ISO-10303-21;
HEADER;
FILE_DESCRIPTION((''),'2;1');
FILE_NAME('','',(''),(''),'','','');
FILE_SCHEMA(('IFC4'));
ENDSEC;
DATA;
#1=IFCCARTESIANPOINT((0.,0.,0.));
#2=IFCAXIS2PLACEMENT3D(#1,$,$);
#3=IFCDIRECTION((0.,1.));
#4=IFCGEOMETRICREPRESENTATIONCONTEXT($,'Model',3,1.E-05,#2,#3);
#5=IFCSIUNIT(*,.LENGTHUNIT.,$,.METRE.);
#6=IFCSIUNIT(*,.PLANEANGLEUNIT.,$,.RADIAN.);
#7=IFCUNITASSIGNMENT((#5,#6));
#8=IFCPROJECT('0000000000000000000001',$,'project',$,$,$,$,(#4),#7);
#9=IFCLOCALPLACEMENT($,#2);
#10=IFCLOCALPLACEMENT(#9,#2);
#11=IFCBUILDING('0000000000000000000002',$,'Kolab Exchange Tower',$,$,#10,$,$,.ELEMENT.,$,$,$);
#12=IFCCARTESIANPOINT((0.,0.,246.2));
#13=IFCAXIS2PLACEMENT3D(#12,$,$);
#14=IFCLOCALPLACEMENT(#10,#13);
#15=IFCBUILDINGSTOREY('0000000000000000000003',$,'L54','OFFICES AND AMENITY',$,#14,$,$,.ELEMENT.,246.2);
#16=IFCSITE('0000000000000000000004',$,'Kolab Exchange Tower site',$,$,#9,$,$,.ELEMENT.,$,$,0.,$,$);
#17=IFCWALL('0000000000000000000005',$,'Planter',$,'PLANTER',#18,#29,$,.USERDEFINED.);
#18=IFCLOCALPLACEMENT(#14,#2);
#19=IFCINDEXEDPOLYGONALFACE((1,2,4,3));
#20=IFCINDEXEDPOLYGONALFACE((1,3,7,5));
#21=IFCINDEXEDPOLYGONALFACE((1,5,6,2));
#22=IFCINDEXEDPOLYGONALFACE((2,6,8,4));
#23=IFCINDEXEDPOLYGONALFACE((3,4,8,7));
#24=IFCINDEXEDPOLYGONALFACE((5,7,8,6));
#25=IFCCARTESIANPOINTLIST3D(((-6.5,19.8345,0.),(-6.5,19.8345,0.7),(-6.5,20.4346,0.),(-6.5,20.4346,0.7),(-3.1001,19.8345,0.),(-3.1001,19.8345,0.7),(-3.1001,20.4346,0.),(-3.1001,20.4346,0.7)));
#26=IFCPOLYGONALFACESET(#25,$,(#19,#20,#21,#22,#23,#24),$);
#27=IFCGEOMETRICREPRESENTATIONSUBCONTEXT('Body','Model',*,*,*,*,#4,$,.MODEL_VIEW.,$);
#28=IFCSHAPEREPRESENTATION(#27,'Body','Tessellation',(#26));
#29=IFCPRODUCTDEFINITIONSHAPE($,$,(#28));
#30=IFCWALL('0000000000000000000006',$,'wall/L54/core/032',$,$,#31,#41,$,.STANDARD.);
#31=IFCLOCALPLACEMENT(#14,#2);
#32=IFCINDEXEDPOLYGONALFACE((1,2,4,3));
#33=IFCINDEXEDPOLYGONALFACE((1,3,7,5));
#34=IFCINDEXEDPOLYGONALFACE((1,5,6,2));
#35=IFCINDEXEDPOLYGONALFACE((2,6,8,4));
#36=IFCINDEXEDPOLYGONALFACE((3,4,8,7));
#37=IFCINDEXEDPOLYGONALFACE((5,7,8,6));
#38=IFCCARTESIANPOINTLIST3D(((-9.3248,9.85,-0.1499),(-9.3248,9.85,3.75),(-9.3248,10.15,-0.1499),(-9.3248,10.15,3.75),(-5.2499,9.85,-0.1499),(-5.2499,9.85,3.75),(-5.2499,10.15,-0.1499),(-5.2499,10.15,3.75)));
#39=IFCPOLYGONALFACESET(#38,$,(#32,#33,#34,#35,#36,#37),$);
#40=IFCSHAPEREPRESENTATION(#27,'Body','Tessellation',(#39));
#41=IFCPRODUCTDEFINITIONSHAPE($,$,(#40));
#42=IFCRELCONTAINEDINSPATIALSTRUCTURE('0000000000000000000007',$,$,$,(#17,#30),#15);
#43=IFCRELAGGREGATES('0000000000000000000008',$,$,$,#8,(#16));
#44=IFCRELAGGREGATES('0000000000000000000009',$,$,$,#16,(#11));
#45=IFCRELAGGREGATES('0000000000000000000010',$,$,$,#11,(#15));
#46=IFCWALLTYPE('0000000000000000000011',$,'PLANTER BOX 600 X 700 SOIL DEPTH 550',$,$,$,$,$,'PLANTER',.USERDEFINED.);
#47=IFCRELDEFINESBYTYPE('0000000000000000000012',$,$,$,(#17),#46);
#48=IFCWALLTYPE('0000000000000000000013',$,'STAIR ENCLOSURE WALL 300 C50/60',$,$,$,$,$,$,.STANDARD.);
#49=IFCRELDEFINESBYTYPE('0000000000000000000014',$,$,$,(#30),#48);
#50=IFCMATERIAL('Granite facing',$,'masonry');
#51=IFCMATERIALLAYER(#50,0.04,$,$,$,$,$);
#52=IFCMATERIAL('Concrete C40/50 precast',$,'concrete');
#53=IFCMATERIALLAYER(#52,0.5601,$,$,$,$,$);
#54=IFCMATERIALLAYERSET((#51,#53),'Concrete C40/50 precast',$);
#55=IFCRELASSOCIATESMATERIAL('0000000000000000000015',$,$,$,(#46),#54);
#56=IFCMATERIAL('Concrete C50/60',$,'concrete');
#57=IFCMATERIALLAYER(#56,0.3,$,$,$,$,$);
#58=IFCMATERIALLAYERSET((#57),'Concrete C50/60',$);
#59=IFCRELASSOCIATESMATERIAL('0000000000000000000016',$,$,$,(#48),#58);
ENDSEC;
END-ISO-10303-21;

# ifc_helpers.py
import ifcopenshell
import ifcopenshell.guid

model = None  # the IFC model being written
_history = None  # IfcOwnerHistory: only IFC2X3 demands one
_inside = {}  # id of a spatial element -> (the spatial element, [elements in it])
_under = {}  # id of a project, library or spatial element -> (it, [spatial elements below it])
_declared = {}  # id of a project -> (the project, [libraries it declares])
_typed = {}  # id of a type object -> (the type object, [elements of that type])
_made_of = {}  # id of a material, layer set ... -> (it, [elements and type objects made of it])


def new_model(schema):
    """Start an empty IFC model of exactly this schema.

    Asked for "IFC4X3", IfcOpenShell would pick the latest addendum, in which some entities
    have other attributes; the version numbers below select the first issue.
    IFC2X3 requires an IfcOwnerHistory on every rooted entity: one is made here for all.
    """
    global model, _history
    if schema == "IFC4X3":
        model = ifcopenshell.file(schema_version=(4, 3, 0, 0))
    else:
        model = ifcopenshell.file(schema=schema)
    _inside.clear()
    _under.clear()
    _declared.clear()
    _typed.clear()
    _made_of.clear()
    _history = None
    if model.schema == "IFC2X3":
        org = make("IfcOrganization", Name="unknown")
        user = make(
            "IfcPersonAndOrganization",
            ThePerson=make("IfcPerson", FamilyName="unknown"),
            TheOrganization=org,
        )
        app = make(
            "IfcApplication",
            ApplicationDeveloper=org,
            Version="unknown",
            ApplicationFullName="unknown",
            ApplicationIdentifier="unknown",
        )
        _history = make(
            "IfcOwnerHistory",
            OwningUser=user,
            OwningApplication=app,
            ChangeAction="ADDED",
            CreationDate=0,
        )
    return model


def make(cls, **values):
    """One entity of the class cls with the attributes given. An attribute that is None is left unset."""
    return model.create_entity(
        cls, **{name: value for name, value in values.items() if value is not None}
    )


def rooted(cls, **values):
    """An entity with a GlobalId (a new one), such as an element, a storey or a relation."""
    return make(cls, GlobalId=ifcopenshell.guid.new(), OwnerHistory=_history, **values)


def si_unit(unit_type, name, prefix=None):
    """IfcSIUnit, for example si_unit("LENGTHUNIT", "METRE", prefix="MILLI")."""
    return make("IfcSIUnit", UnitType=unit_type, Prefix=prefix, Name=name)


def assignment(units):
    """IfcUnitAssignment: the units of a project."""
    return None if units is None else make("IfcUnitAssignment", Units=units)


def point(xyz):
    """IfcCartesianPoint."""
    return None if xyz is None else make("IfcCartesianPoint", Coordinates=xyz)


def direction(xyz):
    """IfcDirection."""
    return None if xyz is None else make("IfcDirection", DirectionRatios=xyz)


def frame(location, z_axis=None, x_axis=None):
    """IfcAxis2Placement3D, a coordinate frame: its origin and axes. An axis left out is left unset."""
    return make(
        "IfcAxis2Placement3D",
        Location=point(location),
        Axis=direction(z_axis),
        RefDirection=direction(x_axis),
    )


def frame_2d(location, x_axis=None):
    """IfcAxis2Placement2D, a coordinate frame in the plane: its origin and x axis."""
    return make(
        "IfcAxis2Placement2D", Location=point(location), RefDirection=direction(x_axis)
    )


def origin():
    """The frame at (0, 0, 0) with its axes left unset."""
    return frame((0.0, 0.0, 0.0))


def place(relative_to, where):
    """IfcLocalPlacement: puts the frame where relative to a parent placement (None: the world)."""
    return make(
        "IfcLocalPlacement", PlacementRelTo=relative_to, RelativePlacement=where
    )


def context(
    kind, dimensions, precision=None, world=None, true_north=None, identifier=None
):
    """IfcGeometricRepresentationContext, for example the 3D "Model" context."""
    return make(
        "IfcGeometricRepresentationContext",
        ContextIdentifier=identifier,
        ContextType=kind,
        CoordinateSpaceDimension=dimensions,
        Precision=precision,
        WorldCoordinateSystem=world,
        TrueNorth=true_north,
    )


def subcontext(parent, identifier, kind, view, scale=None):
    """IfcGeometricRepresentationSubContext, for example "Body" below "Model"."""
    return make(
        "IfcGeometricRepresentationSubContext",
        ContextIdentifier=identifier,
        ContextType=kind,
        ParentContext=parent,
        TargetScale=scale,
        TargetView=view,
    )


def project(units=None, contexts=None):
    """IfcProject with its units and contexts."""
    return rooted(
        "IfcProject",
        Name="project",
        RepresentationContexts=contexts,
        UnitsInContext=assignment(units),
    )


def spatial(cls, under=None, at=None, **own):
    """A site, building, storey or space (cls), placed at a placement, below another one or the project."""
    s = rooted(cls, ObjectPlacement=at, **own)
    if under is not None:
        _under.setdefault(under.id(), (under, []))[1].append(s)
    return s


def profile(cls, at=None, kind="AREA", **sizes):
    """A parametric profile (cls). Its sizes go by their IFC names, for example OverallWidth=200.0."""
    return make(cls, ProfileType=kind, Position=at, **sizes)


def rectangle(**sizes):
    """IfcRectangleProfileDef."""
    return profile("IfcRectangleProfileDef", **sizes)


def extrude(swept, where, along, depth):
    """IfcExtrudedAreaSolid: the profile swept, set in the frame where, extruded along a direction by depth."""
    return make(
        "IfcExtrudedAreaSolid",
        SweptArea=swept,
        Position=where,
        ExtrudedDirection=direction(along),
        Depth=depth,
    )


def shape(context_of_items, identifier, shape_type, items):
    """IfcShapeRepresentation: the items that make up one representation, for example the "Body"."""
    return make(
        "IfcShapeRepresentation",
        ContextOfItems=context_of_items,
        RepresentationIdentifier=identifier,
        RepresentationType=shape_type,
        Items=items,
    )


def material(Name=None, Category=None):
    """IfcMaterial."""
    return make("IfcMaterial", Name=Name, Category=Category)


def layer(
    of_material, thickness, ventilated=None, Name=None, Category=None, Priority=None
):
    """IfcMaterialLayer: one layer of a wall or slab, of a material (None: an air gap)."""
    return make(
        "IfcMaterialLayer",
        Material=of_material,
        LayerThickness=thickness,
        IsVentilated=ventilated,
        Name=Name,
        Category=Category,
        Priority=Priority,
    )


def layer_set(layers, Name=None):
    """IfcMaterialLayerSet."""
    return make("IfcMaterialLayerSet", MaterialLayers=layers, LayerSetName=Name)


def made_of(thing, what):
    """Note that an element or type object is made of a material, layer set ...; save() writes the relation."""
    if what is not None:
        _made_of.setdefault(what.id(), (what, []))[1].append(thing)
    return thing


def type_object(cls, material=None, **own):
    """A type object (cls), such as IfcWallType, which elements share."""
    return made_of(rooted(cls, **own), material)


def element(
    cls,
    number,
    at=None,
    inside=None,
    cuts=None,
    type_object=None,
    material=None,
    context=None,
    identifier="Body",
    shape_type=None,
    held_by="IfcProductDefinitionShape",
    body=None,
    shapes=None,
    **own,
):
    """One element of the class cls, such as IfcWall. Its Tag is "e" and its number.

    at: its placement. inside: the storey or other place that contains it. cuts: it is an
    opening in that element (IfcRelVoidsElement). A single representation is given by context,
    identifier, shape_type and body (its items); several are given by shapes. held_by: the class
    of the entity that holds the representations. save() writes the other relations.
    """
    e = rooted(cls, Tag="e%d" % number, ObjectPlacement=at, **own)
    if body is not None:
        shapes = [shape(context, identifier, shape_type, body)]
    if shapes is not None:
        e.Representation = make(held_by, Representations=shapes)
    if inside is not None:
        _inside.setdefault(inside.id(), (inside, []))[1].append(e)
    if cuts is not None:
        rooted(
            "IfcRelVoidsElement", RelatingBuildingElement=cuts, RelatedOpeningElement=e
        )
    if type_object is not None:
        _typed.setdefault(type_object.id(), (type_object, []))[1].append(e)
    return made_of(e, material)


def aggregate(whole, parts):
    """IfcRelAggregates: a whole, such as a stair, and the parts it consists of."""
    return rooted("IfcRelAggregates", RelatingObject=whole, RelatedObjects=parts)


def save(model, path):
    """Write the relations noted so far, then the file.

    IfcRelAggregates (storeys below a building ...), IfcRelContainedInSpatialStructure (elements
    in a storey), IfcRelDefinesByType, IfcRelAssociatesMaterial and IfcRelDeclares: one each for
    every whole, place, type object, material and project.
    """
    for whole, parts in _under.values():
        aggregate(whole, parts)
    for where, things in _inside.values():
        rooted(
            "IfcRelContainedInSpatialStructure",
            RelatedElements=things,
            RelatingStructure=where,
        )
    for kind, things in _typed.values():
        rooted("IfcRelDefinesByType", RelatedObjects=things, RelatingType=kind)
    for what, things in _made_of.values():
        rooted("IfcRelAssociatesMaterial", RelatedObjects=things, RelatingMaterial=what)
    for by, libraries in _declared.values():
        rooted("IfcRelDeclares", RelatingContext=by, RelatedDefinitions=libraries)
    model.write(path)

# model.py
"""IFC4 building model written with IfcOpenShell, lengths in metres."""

from ifc_helpers import new_model, si_unit, direction, frame, frame_2d, origin, place, context, subcontext, project, spatial, rectangle, extrude, material, layer, layer_set, type_object, element, save


model = new_model("IFC4")

# Units and contexts
model_context = context("Model", 3, precision=1e-05, world=origin(), true_north=direction((0.0, 1.0)))
body_context = subcontext(model_context, "Body", "Model", "MODEL_VIEW")
ifc_project = project(units=[si_unit("LENGTHUNIT", "METRE"), si_unit("PLANEANGLEUNIT", "RADIAN")], contexts=[model_context])

# Site, building, storey
site_placement = place(None, origin())
site = spatial("IfcSite", under=ifc_project, at=site_placement, Name="Kolab Exchange Tower site", CompositionType="ELEMENT", RefElevation=0.0)
building_placement = place(site_placement, origin())
building = spatial("IfcBuilding", under=site, at=building_placement, Name="Kolab Exchange Tower", CompositionType="ELEMENT")
storey_placement = place(building_placement, frame((0.0, 0.0, 246.2)))
storey = spatial("IfcBuildingStorey", under=building, at=storey_placement, Name="L54", Description="OFFICES AND AMENITY", CompositionType="ELEMENT", Elevation=246.2)

# Shared definitions
ifc_material_1 = material(Name="Concrete C50/60", Category="concrete")

# Walls
ifc_material_2 = material(Name="Granite facing", Category="masonry")
ifc_layer_1 = layer(ifc_material_2, 0.04)
ifc_material_3 = material(Name="Concrete C40/50 precast", Category="concrete")
ifc_layer_2 = layer(ifc_material_3, 0.5601)
ifc_layer_set_1 = layer_set([ifc_layer_1, ifc_layer_2], Name="Concrete C40/50 precast")
wall_type_1 = type_object("IfcWallType", Name="PLANTER BOX 600 X 700 SOIL DEPTH 550", ElementType="PLANTER", PredefinedType="USERDEFINED", material=ifc_layer_set_1)
wall_1_placement = place(storey_placement, frame((-6.5, 20.1345, 0.0), z_axis=(0.0, 0.0, 1.0), x_axis=(1.0, 0.0, 0.0)))
element("IfcWall", 1, at=wall_1_placement, inside=storey, type_object=wall_type_1, Name="Planter", ObjectType="PLANTER", PredefinedType="USERDEFINED", context=body_context, shape_type="SweptSolid", body=[
    extrude(rectangle(XDim=3.3999, YDim=0.6001, at=frame_2d((1.7, 0.0))), origin(), (0.0, 0.0, 1.0), 0.7),
])
ifc_layer_3 = layer(ifc_material_1, 0.3)
ifc_layer_set_2 = layer_set([ifc_layer_3], Name="Concrete C50/60")
wall_type_2 = type_object("IfcWallType", Name="STAIR ENCLOSURE WALL 300 C50/60", PredefinedType="STANDARD", material=ifc_layer_set_2)
wall_2_placement = place(storey_placement, frame((-9.325, 10.0, -0.1499), z_axis=(0.0, 0.0, 1.0), x_axis=(1.0, 0.0, 0.0)))
element("IfcWall", 2, at=wall_2_placement, inside=storey, type_object=wall_type_2, Name="wall/L54/core/032", PredefinedType="STANDARD", context=body_context, shape_type="SweptSolid", body=[
    extrude(rectangle(XDim=4.075, YDim=0.3, at=frame_2d((2.0376, 0.0))), origin(), (0.0, 0.0, 1.0), 3.8999),
])

save(model, "model.ifc")
